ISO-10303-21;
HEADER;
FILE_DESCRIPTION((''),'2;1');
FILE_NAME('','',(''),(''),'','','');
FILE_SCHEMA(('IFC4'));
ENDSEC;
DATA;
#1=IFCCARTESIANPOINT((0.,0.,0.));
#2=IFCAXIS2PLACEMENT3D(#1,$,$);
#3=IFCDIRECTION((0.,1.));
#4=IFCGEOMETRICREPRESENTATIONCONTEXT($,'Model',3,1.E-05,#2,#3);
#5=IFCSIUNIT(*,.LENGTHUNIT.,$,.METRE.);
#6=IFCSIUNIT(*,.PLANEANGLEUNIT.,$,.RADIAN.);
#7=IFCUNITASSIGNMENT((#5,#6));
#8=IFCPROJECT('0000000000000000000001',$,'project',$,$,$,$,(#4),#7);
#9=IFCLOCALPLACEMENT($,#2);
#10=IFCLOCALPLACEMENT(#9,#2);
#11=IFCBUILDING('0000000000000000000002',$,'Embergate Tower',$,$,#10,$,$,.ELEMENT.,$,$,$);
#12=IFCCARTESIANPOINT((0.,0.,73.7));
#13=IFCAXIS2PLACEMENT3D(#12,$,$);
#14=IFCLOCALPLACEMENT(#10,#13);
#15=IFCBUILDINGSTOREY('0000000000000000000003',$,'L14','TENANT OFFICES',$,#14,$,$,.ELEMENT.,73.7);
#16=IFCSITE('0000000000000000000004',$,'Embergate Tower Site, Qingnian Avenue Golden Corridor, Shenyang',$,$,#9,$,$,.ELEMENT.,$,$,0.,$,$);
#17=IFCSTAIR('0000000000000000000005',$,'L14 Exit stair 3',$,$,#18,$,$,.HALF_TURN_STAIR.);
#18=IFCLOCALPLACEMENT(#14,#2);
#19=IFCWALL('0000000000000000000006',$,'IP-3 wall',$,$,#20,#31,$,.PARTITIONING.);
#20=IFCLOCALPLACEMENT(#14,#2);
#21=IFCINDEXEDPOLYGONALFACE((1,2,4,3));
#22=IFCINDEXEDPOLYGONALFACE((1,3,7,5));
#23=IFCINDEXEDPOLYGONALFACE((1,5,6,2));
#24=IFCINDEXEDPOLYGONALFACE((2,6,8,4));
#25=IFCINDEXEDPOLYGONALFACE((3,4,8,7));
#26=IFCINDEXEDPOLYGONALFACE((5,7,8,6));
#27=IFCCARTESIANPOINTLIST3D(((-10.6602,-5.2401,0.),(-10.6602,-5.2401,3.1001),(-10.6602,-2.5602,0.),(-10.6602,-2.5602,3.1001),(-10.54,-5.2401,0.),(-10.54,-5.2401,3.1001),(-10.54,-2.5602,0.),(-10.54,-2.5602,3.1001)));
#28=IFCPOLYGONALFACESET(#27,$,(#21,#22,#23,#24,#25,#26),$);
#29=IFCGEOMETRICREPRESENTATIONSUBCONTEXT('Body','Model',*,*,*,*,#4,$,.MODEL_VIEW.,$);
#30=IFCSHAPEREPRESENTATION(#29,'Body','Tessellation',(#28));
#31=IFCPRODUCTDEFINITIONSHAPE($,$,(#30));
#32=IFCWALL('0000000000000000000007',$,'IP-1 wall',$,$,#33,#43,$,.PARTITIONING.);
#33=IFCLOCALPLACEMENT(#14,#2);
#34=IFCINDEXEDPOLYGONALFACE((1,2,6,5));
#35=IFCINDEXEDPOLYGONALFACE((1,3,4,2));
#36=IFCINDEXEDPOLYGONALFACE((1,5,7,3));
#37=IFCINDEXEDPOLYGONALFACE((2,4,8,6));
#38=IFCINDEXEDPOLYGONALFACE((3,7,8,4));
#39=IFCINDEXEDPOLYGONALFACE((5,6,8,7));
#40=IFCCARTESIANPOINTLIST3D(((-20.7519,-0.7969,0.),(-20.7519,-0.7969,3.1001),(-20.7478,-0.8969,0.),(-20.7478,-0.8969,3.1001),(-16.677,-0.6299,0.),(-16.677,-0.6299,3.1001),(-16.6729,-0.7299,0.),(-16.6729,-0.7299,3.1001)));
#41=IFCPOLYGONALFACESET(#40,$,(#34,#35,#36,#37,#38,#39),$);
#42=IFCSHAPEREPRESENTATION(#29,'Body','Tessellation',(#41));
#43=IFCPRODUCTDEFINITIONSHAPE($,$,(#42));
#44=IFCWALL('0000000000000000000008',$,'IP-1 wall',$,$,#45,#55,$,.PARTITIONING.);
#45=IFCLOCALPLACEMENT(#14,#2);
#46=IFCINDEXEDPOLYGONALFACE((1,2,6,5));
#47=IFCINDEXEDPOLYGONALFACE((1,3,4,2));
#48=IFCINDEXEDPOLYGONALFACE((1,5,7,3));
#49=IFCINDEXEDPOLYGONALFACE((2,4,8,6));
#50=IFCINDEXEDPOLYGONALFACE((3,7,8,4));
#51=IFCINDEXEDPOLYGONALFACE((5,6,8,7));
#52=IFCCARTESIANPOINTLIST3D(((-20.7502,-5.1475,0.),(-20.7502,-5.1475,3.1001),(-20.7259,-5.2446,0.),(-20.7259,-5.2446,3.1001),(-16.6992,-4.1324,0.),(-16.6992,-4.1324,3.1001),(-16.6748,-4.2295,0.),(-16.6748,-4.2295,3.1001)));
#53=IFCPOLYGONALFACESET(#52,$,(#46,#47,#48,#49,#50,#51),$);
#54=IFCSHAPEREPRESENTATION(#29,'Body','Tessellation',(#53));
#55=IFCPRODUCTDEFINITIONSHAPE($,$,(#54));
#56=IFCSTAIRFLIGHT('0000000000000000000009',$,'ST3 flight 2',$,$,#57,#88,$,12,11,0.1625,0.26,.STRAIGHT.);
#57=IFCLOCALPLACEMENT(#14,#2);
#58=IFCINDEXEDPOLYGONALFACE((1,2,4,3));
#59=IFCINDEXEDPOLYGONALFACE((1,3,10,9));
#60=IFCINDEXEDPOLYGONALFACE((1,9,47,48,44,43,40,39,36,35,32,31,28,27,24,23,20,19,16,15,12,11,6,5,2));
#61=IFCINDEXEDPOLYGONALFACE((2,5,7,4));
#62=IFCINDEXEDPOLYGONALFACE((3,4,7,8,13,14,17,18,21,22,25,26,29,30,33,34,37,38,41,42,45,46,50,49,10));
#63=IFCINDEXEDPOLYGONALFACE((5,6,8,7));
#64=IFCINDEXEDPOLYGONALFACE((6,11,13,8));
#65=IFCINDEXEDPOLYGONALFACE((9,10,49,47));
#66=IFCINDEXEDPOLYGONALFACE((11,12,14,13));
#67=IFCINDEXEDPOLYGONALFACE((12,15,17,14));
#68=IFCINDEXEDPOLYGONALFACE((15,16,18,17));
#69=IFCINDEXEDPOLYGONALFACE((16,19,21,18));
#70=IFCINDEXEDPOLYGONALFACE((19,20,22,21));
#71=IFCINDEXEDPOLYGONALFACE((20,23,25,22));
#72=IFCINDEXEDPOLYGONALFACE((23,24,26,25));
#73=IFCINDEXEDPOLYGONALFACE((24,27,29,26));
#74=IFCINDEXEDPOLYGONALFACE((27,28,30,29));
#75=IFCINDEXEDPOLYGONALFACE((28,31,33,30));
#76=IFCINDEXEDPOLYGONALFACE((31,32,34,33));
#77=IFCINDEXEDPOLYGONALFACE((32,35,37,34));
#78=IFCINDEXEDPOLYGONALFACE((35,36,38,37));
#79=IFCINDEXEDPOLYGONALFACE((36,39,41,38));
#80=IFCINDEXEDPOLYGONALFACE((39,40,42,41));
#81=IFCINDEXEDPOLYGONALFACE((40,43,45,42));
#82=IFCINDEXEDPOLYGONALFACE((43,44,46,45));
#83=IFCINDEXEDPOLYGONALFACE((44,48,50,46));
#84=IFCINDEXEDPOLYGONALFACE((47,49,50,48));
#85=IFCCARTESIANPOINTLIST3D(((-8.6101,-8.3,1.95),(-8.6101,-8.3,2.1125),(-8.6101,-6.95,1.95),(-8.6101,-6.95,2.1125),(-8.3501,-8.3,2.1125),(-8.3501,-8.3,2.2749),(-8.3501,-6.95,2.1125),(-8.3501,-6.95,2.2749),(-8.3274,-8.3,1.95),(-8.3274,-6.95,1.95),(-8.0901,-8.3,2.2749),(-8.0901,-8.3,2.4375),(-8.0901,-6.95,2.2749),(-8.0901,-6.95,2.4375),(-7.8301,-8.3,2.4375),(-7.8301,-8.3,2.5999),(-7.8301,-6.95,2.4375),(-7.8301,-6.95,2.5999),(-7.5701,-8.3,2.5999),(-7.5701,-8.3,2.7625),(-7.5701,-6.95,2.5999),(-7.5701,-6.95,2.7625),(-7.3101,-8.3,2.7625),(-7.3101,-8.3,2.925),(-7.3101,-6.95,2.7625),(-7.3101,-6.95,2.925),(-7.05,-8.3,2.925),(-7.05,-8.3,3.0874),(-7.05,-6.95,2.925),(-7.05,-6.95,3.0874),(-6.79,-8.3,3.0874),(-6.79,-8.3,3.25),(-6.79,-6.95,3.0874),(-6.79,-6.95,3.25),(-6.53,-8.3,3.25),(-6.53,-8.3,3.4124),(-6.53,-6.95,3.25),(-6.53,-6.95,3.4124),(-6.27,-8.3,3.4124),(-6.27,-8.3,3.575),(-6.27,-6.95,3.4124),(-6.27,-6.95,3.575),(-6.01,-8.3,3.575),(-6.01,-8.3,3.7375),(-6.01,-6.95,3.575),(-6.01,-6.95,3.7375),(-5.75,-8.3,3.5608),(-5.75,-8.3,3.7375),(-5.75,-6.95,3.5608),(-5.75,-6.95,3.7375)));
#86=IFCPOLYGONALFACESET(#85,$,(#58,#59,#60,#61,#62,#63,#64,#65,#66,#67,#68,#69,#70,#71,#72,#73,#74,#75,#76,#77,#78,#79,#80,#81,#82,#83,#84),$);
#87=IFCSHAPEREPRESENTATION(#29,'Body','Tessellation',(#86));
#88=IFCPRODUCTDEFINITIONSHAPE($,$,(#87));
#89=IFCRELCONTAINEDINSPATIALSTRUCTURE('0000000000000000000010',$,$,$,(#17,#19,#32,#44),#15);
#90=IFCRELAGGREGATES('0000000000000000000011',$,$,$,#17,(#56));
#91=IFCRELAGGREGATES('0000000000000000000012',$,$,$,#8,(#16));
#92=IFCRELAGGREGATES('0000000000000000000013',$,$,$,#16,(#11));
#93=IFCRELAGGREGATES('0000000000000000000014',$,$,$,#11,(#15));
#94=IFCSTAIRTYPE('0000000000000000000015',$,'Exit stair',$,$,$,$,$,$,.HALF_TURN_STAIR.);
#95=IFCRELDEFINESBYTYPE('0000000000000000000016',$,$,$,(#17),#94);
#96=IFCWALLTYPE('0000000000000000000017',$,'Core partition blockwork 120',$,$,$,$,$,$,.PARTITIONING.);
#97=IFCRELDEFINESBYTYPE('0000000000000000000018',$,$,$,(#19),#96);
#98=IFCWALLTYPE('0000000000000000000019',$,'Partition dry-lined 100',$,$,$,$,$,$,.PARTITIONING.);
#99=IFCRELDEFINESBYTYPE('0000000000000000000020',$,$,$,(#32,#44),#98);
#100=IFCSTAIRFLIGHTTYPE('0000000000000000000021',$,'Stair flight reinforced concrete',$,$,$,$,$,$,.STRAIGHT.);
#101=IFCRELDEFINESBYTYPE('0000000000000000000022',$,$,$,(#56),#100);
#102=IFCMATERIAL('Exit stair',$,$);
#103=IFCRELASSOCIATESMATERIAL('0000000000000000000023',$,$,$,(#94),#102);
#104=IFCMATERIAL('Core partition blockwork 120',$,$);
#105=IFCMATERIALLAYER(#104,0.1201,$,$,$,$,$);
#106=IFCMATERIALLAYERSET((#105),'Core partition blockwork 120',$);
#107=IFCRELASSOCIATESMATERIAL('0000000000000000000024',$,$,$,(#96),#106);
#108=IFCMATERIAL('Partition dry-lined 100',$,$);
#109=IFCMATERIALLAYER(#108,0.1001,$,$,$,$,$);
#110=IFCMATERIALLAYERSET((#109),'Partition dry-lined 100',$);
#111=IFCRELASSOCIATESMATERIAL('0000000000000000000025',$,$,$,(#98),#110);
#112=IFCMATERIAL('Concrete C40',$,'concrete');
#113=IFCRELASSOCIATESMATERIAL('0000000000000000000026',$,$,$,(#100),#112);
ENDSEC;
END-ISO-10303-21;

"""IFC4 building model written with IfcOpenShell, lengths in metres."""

from ifc_helpers import new_model, si_unit, direction, frame, frame_2d, origin, place, context, subcontext, project, spatial, polyline, rectangle, outline, extrude, source, transform, mapped, material, layer, layer_set, type_object, element, aggregate, save


model = new_model("IFC4")

# Units and contexts
model_context = context("Model", 3, precision=1e-05, world=origin(), true_north=direction((0.0, 1.0)))
body_context = subcontext(model_context, "Body", "Model", "MODEL_VIEW")
ifc_project = project(units=[si_unit("LENGTHUNIT", "METRE"), si_unit("PLANEANGLEUNIT", "RADIAN")], contexts=[model_context])

# Site, building, storey
site_placement = place(None, origin())
site = spatial("IfcSite", under=ifc_project, at=site_placement, Name="Embergate Tower Site, Qingnian Avenue Golden Corridor, Shenyang", CompositionType="ELEMENT", RefElevation=0.0)
building_placement = place(site_placement, origin())
building = spatial("IfcBuilding", under=site, at=building_placement, Name="Embergate Tower", CompositionType="ELEMENT")
storey_placement = place(building_placement, frame((0.0, 0.0, 73.7)))
storey = spatial("IfcBuildingStorey", under=building, at=storey_placement, Name="L14", Description="TENANT OFFICES", CompositionType="ELEMENT", Elevation=73.7)

# Stair
ifc_material_1 = material(Name="Exit stair")
stair_type = type_object("IfcStairType", Name="Exit stair", PredefinedType="HALF_TURN_STAIR", material=ifc_material_1)
stair_placement = place(storey_placement, origin())
stair = element("IfcStair", 1, at=stair_placement, inside=storey, type_object=stair_type, Name="L14 Exit stair 3", PredefinedType="HALF_TURN_STAIR")
ifc_material_2 = material(Name="Concrete C40", Category="concrete")

# Shared definitions
ifc_material_3 = material(Name="Core partition blockwork 120")
ifc_layer_1 = layer(ifc_material_3, 0.1201)
ifc_layer_set_1 = layer_set([ifc_layer_1], Name="Core partition blockwork 120")
wall_type_1 = type_object("IfcWallType", Name="Core partition blockwork 120", PredefinedType="PARTITIONING", material=ifc_layer_set_1)

# Walls
shared_shape_1 = source(origin(), body_context, "Body", "SweptSolid", [
    extrude(rectangle(XDim=2.6799, YDim=0.1201, at=frame_2d((1.3398, 0.0))), origin(), (0.0, 0.0, 1.0), 3.1001),
])
wall_1_placement = place(storey_placement, frame((-10.6001, -5.24, 0.0), z_axis=(0.0, 0.0, 1.0), x_axis=(0.0, 1.0, 0.0)))
element("IfcWall", 2, at=wall_1_placement, inside=storey, type_object=wall_type_1, Name="IP-3 wall", PredefinedType="PARTITIONING", context=body_context, shape_type="MappedRepresentation", body=[
    mapped(shared_shape_1, transform((0.0, 0.0, 0.0))),
])
ifc_material_4 = material(Name="Partition dry-lined 100")
ifc_layer_2 = layer(ifc_material_4, 0.1001)
ifc_layer_set_2 = layer_set([ifc_layer_2], Name="Partition dry-lined 100")
wall_type_2 = type_object("IfcWallType", Name="Partition dry-lined 100", PredefinedType="PARTITIONING", material=ifc_layer_set_2)
shared_shape_2 = source(origin(), body_context, "Body", "SweptSolid", [
    extrude(rectangle(XDim=4.0784, YDim=0.1001, at=frame_2d((2.0391, 0.0))), origin(), (0.0, 0.0, 1.0), 3.1001),
])
wall_2_placement = place(storey_placement, frame((-16.675, -0.6799, 0.0), z_axis=(0.0, 0.0, 1.0), x_axis=(-0.999161, -0.040946, 0.0)))
element("IfcWall", 3, at=wall_2_placement, inside=storey, type_object=wall_type_2, Name="IP-1 wall", PredefinedType="PARTITIONING", context=body_context, shape_type="MappedRepresentation", body=[
    mapped(shared_shape_2, transform((0.0, 0.0, 0.0))),
])
shared_shape_3 = source(origin(), body_context, "Body", "SweptSolid", [
    extrude(rectangle(XDim=4.1763, YDim=0.1001, at=frame_2d((2.0881, 0.0))), origin(), (0.0, 0.0, 1.0), 3.1001),
])
wall_3_placement = place(storey_placement, frame((-16.687, -4.1809, 0.0), z_axis=(0.0, 0.0, 1.0), x_axis=(-0.970008, -0.243072, 0.0)))
element("IfcWall", 4, at=wall_3_placement, inside=storey, type_object=wall_type_2, Name="IP-1 wall", PredefinedType="PARTITIONING", context=body_context, shape_type="MappedRepresentation", body=[
    mapped(shared_shape_3, transform((0.0, 0.0, 0.0))),
])

# Stair flight
stair_flight_type = type_object("IfcStairFlightType", Name="Stair flight reinforced concrete", PredefinedType="STRAIGHT", material=ifc_material_2)
shared_shape_4 = source(origin(), body_context, "Body", "SweptSolid", [
    extrude(outline(polyline([(0.0, 0.0), (0.0, 0.1626), (0.26, 0.1626), (0.26, 0.325), (0.52, 0.325), (0.52, 0.4875), (0.78, 0.4875), (0.78, 0.6499), (1.04, 0.6499), (1.04, 0.8125), (1.3, 0.8125), (1.3, 0.9751), (1.5601, 0.9751), (1.5601, 1.1375), (1.8201, 1.1375), (1.8201, 1.3), (2.0801, 1.3), (2.0801, 1.4624), (2.3401, 1.4624), (2.3401, 1.625), (2.6001, 1.625), (2.6001, 1.7876), (2.8601, 1.7876), (2.8601, 1.95), (2.8601, 1.6108), (0.2827, 0.0), (0.0, 0.0)])), frame((0.0, 0.675, 0.0), z_axis=(0.0, -1.0, 0.0), x_axis=(1.0, 0.0, 0.0)), (0.0, 0.0, 1.0), 1.3501),
])
stair_flight_placement = place(storey_placement, frame((-8.6101, -7.625, 1.95), z_axis=(0.0, 0.0, 1.0), x_axis=(1.0, 0.0, 0.0)))
stair_flight = element("IfcStairFlight", 5, at=stair_flight_placement, type_object=stair_flight_type, Name="ST3 flight 2", NumberOfRisers=12, NumberOfTreads=11, PredefinedType="STRAIGHT", RiserHeight=0.1625, TreadLength=0.26, context=body_context, shape_type="MappedRepresentation", body=[
    mapped(shared_shape_4, transform((0.0, 0.0, 0.0))),
])
aggregate(stair, [stair_flight])

save(model, "model.ifc")
